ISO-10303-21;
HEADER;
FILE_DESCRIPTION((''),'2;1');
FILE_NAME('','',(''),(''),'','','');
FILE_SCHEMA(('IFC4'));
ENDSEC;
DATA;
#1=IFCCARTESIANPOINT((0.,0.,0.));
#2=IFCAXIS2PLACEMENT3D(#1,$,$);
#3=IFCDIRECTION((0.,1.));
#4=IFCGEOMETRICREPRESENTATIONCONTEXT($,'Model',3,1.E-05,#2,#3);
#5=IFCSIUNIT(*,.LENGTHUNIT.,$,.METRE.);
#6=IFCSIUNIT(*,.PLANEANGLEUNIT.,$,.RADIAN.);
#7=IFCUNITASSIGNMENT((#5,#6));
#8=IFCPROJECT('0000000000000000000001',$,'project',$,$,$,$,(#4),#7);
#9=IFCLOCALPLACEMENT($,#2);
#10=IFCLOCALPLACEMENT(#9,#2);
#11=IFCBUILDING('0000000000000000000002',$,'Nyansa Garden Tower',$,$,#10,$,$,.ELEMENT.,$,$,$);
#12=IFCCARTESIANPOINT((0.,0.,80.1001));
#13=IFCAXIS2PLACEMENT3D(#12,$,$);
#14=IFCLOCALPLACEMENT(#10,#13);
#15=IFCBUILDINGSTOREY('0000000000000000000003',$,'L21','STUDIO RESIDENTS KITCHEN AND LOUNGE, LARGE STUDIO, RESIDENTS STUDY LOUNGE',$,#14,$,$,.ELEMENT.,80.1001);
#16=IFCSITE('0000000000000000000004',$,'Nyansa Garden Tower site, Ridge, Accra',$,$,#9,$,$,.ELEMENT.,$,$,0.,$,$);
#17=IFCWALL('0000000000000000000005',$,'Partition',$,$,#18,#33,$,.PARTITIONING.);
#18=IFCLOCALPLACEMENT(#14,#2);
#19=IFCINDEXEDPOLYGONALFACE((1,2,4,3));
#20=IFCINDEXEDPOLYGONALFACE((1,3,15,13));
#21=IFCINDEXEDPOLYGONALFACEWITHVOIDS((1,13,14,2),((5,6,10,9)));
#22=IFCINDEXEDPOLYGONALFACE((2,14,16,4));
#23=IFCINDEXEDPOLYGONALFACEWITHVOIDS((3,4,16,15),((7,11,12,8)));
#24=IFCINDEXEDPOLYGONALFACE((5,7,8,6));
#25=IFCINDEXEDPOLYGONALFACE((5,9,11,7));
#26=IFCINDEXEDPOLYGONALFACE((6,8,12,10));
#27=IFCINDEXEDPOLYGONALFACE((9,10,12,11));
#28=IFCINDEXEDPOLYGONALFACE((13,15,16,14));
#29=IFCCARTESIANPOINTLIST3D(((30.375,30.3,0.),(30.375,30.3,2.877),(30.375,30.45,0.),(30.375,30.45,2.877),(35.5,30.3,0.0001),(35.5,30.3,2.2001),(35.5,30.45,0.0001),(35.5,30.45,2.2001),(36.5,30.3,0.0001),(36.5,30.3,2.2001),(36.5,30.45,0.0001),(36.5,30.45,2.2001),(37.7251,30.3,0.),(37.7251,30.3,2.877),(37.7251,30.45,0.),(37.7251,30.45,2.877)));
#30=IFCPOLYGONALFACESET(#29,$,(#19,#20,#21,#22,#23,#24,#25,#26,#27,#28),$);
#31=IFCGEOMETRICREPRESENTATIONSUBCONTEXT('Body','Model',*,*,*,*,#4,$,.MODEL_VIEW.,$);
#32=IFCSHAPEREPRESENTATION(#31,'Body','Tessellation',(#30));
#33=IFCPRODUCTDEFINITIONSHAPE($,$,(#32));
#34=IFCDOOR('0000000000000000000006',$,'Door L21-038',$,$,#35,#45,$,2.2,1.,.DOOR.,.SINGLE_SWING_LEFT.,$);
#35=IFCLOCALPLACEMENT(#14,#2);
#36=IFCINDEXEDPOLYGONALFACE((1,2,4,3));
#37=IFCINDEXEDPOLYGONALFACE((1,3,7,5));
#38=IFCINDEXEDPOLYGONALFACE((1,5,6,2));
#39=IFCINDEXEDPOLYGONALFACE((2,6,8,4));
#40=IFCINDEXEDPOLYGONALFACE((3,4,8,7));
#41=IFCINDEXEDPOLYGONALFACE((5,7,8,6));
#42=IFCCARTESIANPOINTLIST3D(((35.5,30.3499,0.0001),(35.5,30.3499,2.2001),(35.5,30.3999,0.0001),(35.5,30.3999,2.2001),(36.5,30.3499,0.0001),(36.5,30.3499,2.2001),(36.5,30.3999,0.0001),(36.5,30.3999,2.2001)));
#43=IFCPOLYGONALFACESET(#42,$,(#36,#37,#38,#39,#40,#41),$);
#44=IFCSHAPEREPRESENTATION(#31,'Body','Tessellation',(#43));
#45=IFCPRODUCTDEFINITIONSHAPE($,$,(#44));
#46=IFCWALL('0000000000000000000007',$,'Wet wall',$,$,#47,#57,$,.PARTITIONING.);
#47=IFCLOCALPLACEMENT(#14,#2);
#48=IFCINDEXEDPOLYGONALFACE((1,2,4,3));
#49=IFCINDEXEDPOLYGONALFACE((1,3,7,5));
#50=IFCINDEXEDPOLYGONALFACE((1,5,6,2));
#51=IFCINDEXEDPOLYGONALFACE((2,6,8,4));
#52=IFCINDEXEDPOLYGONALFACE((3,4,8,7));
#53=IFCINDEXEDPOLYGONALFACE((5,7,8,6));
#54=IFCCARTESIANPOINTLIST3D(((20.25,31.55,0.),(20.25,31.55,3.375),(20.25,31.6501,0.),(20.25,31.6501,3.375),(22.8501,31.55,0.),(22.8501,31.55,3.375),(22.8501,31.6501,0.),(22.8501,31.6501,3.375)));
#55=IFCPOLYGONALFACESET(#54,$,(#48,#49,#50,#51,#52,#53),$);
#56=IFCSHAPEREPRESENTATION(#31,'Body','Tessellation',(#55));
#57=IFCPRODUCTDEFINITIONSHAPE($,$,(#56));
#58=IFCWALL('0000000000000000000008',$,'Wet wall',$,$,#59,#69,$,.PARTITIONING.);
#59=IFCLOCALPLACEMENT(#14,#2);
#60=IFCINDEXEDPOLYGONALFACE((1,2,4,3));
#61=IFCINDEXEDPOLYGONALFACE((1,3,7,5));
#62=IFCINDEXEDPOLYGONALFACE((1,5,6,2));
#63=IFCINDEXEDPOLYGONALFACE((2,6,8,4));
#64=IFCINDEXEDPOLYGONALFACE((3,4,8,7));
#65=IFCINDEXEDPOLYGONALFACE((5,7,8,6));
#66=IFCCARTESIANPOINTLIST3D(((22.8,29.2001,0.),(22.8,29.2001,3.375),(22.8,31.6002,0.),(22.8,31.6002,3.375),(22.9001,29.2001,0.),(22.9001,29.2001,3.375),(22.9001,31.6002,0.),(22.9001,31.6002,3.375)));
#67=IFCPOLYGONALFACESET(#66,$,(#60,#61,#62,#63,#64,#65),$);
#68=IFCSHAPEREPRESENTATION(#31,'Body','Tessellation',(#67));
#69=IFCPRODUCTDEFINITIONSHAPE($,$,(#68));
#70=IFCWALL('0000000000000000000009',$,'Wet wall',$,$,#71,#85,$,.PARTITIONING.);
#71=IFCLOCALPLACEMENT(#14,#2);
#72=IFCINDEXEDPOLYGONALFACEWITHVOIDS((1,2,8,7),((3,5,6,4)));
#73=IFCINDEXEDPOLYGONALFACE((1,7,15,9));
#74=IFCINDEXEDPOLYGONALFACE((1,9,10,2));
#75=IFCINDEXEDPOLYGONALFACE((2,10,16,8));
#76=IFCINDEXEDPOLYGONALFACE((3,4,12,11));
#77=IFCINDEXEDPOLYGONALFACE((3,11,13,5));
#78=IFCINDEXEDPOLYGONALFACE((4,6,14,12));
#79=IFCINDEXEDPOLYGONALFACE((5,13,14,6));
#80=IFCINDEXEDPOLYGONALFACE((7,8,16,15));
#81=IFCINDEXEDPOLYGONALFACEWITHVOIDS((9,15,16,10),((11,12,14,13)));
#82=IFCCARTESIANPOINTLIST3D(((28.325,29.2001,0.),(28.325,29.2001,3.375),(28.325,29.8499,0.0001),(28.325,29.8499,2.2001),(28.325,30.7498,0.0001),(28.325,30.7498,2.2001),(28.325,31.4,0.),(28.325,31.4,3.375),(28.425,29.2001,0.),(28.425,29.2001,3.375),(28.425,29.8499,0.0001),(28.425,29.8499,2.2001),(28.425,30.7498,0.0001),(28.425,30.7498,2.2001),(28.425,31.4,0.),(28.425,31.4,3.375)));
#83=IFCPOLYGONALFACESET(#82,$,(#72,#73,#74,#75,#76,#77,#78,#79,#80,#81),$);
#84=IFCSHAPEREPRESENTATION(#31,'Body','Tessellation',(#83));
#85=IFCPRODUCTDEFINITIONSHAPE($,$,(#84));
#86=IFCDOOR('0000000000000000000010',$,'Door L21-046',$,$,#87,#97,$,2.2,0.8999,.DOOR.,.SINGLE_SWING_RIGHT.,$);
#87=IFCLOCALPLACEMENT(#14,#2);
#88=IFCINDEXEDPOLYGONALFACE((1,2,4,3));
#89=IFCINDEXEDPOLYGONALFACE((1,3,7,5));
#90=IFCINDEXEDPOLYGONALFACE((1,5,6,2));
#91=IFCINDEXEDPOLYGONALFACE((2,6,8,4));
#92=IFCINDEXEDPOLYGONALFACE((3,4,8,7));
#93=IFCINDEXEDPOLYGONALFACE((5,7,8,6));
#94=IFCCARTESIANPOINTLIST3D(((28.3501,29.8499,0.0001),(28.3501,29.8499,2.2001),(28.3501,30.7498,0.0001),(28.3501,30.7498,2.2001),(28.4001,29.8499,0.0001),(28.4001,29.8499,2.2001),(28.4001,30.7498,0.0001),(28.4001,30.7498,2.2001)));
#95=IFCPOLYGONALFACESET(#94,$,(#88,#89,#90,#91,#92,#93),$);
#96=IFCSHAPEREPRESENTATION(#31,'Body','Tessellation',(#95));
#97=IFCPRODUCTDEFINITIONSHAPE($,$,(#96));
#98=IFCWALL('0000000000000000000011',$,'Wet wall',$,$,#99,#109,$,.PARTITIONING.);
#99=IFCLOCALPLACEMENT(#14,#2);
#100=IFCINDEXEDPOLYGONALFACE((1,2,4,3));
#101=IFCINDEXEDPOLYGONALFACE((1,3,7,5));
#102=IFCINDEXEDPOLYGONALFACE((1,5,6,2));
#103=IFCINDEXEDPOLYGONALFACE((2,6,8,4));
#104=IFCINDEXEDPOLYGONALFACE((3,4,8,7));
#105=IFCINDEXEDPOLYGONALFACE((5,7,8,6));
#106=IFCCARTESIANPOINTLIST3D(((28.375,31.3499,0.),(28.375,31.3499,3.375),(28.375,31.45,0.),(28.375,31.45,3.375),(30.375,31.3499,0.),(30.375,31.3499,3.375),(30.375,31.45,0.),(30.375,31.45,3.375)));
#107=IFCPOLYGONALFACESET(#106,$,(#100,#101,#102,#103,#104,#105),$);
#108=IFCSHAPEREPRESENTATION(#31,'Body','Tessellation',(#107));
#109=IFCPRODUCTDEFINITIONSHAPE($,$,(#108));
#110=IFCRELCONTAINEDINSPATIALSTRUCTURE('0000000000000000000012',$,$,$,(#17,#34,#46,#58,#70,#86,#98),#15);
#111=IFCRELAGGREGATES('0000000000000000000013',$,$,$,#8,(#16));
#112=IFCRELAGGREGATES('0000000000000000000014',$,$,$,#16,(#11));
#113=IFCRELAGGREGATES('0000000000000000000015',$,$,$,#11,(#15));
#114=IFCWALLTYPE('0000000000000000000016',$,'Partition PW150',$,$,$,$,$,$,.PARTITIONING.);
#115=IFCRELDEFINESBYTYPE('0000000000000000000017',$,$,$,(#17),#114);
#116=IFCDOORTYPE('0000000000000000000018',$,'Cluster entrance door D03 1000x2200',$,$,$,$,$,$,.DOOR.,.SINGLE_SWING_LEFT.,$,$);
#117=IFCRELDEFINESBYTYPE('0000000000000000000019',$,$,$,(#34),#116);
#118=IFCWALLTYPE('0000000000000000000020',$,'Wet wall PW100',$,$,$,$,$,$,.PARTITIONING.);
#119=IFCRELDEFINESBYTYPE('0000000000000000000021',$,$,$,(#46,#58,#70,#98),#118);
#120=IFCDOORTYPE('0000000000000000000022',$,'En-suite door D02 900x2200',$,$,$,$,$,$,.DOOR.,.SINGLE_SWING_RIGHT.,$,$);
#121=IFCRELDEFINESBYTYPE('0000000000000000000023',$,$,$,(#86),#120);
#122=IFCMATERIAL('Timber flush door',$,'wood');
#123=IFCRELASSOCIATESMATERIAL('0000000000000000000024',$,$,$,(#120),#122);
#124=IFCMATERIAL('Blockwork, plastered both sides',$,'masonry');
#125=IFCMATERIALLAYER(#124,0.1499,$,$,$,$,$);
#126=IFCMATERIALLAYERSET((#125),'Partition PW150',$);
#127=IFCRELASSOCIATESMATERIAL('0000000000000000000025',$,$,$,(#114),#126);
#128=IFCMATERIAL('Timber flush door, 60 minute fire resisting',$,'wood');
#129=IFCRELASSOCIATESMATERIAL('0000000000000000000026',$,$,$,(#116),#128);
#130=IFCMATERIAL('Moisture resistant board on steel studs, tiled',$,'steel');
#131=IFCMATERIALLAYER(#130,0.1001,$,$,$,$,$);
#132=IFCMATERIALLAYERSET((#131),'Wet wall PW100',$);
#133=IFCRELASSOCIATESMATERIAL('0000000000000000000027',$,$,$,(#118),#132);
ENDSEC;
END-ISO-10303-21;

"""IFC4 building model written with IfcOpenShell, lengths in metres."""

from ifc_helpers import new_model, si_unit, direction, frame, frame_2d, origin, place, context, subcontext, project, spatial, rectangle, extrude, material, layer, layer_set, type_object, element, fill, save


model = new_model("IFC4")

# Units and contexts
model_context = context("Model", 3, precision=1e-05, world=origin(), true_north=direction((0.0, 1.0)))
body_context = subcontext(model_context, "Body", "Model", "MODEL_VIEW")
ifc_project = project(units=[si_unit("LENGTHUNIT", "METRE"), si_unit("PLANEANGLEUNIT", "RADIAN")], contexts=[model_context])

# Site, building, storey
site_placement = place(None, origin())
site = spatial("IfcSite", under=ifc_project, at=site_placement, Name="Nyansa Garden Tower site, Ridge, Accra", CompositionType="ELEMENT", RefElevation=0.0)
building_placement = place(site_placement, origin())
building = spatial("IfcBuilding", under=site, at=building_placement, Name="Nyansa Garden Tower", CompositionType="ELEMENT")
storey_placement = place(building_placement, frame((0.0, 0.0, 80.1001)))
storey = spatial("IfcBuildingStorey", under=building, at=storey_placement, Name="L21", Description="STUDIO RESIDENTS KITCHEN AND LOUNGE, LARGE STUDIO, RESIDENTS STUDY LOUNGE", CompositionType="ELEMENT", Elevation=80.1001)

# Shared definitions
ifc_material_1 = material(Name="Timber flush door", Category="wood")
door_type_1 = type_object("IfcDoorType", Name="En-suite door D02 900x2200", OperationType="SINGLE_SWING_RIGHT", PredefinedType="DOOR", material=ifc_material_1)

# Shared definitions
ifc_material_2 = material(Name="Blockwork, plastered both sides", Category="masonry")
ifc_layer_1 = layer(ifc_material_2, 0.1499)
ifc_layer_set_1 = layer_set([ifc_layer_1], Name="Partition PW150")
wall_type_1 = type_object("IfcWallType", Name="Partition PW150", PredefinedType="PARTITIONING", material=ifc_layer_set_1)

# Wall, opening, door
wall_1_placement = place(storey_placement, frame((30.375, 30.375, 0.0), z_axis=(0.0, 0.0, 1.0), x_axis=(1.0, 0.0, 0.0)))
wall_1 = element("IfcWall", 1, at=wall_1_placement, inside=storey, type_object=wall_type_1, Name="Partition", PredefinedType="PARTITIONING", context=body_context, shape_type="SweptSolid", body=[
    extrude(rectangle(XDim=7.3501, YDim=0.1499, at=frame_2d((3.675, 0.0))), origin(), (0.0, 0.0, 1.0), 2.877),
])
opening_1_placement = place(wall_1_placement, frame((5.125, 0.0, 0.0)))
opening_1 = element("IfcOpeningElement", 2, at=opening_1_placement, cuts=wall_1, PredefinedType="OPENING", context=body_context, shape_type="SweptSolid", body=[
    extrude(rectangle(XDim=1.0, YDim=2.2, at=frame_2d((0.5, 1.1001))), frame((0.0, 0.085, 0.0), z_axis=(0.0, -1.0, 0.0), x_axis=(1.0, 0.0, 0.0)), (0.0, 0.0, 1.0), 0.1699),
])
ifc_material_3 = material(Name="Timber flush door, 60 minute fire resisting", Category="wood")
door_type_2 = type_object("IfcDoorType", Name="Cluster entrance door D03 1000x2200", OperationType="SINGLE_SWING_LEFT", PredefinedType="DOOR", material=ifc_material_3)
door_1_placement = place(opening_1_placement, origin())
door_1 = element("IfcDoor", 3, at=door_1_placement, inside=storey, type_object=door_type_2, Name="Door L21-038", OperationType="SINGLE_SWING_LEFT", OverallHeight=2.2, OverallWidth=1.0, PredefinedType="DOOR", context=body_context, shape_type="SweptSolid", body=[
    extrude(rectangle(XDim=1.0, YDim=2.2, at=frame_2d((0.5, 1.1001))), frame((0.0, 0.0249, 0.0), z_axis=(0.0, -1.0, 0.0), x_axis=(1.0, 0.0, 0.0)), (0.0, 0.0, 1.0), 0.05),
])
fill(opening_1, door_1)

# Walls
ifc_material_4 = material(Name="Moisture resistant board on steel studs, tiled", Category="steel")
ifc_layer_2 = layer(ifc_material_4, 0.1001)
ifc_layer_set_2 = layer_set([ifc_layer_2], Name="Wet wall PW100")
wall_type_2 = type_object("IfcWallType", Name="Wet wall PW100", PredefinedType="PARTITIONING", material=ifc_layer_set_2)
wall_2_placement = place(storey_placement, frame((20.25, 31.6001, 0.0), z_axis=(0.0, 0.0, 1.0), x_axis=(1.0, 0.0, 0.0)))
element("IfcWall", 4, at=wall_2_placement, inside=storey, type_object=wall_type_2, Name="Wet wall", PredefinedType="PARTITIONING", context=body_context, shape_type="SweptSolid", body=[
    extrude(rectangle(XDim=2.6001, YDim=0.1001, at=frame_2d((1.3, 0.0))), origin(), (0.0, 0.0, 1.0), 3.375),
])
wall_3_placement = place(storey_placement, frame((22.8501, 29.2, 0.0), z_axis=(0.0, 0.0, 1.0), x_axis=(0.0, 1.0, 0.0)))
element("IfcWall", 5, at=wall_3_placement, inside=storey, type_object=wall_type_2, Name="Wet wall", PredefinedType="PARTITIONING", context=body_context, shape_type="SweptSolid", body=[
    extrude(rectangle(XDim=2.4001, YDim=0.1001, at=frame_2d((1.2002, 0.0))), origin(), (0.0, 0.0, 1.0), 3.375),
])

# Wall, opening, door
wall_4_placement = place(storey_placement, frame((28.375, 29.2, 0.0), z_axis=(0.0, 0.0, 1.0), x_axis=(0.0, 1.0, 0.0)))
wall_4 = element("IfcWall", 6, at=wall_4_placement, inside=storey, type_object=wall_type_2, Name="Wet wall", PredefinedType="PARTITIONING", context=body_context, shape_type="SweptSolid", body=[
    extrude(rectangle(XDim=2.2, YDim=0.1001, at=frame_2d((1.1001, 0.0))), origin(), (0.0, 0.0, 1.0), 3.375),
])
opening_2_placement = place(wall_4_placement, frame((0.6499, 0.0, 0.0)))
opening_2 = element("IfcOpeningElement", 7, at=opening_2_placement, cuts=wall_4, PredefinedType="OPENING", context=body_context, shape_type="SweptSolid", body=[
    extrude(rectangle(XDim=0.8999, YDim=2.2, at=frame_2d((0.45, 1.1001))), frame((0.0, 0.0601, 0.0), z_axis=(0.0, -1.0, 0.0), x_axis=(1.0, 0.0, 0.0)), (0.0, 0.0, 1.0), 0.1201),
])
door_2_placement = place(opening_2_placement, origin())
door_2 = element("IfcDoor", 8, at=door_2_placement, inside=storey, type_object=door_type_1, Name="Door L21-046", OperationType="SINGLE_SWING_RIGHT", OverallHeight=2.2, OverallWidth=0.8999, PredefinedType="DOOR", context=body_context, shape_type="SweptSolid", body=[
    extrude(rectangle(XDim=0.8999, YDim=2.2, at=frame_2d((0.45, 1.1001))), frame((0.0, 0.0249, 0.0), z_axis=(0.0, -1.0, 0.0), x_axis=(1.0, 0.0, 0.0)), (0.0, 0.0, 1.0), 0.05),
])
fill(opening_2, door_2)

# Wall
wall_5_placement = place(storey_placement, frame((28.375, 31.3999, 0.0), z_axis=(0.0, 0.0, 1.0), x_axis=(1.0, 0.0, 0.0)))
element("IfcWall", 9, at=wall_5_placement, inside=storey, type_object=wall_type_2, Name="Wet wall", PredefinedType="PARTITIONING", context=body_context, shape_type="SweptSolid", body=[
    extrude(rectangle(XDim=2.0, YDim=0.1001, at=frame_2d((1.0, 0.0))), origin(), (0.0, 0.0, 1.0), 3.375),
])

save(model, "model.ifc")
